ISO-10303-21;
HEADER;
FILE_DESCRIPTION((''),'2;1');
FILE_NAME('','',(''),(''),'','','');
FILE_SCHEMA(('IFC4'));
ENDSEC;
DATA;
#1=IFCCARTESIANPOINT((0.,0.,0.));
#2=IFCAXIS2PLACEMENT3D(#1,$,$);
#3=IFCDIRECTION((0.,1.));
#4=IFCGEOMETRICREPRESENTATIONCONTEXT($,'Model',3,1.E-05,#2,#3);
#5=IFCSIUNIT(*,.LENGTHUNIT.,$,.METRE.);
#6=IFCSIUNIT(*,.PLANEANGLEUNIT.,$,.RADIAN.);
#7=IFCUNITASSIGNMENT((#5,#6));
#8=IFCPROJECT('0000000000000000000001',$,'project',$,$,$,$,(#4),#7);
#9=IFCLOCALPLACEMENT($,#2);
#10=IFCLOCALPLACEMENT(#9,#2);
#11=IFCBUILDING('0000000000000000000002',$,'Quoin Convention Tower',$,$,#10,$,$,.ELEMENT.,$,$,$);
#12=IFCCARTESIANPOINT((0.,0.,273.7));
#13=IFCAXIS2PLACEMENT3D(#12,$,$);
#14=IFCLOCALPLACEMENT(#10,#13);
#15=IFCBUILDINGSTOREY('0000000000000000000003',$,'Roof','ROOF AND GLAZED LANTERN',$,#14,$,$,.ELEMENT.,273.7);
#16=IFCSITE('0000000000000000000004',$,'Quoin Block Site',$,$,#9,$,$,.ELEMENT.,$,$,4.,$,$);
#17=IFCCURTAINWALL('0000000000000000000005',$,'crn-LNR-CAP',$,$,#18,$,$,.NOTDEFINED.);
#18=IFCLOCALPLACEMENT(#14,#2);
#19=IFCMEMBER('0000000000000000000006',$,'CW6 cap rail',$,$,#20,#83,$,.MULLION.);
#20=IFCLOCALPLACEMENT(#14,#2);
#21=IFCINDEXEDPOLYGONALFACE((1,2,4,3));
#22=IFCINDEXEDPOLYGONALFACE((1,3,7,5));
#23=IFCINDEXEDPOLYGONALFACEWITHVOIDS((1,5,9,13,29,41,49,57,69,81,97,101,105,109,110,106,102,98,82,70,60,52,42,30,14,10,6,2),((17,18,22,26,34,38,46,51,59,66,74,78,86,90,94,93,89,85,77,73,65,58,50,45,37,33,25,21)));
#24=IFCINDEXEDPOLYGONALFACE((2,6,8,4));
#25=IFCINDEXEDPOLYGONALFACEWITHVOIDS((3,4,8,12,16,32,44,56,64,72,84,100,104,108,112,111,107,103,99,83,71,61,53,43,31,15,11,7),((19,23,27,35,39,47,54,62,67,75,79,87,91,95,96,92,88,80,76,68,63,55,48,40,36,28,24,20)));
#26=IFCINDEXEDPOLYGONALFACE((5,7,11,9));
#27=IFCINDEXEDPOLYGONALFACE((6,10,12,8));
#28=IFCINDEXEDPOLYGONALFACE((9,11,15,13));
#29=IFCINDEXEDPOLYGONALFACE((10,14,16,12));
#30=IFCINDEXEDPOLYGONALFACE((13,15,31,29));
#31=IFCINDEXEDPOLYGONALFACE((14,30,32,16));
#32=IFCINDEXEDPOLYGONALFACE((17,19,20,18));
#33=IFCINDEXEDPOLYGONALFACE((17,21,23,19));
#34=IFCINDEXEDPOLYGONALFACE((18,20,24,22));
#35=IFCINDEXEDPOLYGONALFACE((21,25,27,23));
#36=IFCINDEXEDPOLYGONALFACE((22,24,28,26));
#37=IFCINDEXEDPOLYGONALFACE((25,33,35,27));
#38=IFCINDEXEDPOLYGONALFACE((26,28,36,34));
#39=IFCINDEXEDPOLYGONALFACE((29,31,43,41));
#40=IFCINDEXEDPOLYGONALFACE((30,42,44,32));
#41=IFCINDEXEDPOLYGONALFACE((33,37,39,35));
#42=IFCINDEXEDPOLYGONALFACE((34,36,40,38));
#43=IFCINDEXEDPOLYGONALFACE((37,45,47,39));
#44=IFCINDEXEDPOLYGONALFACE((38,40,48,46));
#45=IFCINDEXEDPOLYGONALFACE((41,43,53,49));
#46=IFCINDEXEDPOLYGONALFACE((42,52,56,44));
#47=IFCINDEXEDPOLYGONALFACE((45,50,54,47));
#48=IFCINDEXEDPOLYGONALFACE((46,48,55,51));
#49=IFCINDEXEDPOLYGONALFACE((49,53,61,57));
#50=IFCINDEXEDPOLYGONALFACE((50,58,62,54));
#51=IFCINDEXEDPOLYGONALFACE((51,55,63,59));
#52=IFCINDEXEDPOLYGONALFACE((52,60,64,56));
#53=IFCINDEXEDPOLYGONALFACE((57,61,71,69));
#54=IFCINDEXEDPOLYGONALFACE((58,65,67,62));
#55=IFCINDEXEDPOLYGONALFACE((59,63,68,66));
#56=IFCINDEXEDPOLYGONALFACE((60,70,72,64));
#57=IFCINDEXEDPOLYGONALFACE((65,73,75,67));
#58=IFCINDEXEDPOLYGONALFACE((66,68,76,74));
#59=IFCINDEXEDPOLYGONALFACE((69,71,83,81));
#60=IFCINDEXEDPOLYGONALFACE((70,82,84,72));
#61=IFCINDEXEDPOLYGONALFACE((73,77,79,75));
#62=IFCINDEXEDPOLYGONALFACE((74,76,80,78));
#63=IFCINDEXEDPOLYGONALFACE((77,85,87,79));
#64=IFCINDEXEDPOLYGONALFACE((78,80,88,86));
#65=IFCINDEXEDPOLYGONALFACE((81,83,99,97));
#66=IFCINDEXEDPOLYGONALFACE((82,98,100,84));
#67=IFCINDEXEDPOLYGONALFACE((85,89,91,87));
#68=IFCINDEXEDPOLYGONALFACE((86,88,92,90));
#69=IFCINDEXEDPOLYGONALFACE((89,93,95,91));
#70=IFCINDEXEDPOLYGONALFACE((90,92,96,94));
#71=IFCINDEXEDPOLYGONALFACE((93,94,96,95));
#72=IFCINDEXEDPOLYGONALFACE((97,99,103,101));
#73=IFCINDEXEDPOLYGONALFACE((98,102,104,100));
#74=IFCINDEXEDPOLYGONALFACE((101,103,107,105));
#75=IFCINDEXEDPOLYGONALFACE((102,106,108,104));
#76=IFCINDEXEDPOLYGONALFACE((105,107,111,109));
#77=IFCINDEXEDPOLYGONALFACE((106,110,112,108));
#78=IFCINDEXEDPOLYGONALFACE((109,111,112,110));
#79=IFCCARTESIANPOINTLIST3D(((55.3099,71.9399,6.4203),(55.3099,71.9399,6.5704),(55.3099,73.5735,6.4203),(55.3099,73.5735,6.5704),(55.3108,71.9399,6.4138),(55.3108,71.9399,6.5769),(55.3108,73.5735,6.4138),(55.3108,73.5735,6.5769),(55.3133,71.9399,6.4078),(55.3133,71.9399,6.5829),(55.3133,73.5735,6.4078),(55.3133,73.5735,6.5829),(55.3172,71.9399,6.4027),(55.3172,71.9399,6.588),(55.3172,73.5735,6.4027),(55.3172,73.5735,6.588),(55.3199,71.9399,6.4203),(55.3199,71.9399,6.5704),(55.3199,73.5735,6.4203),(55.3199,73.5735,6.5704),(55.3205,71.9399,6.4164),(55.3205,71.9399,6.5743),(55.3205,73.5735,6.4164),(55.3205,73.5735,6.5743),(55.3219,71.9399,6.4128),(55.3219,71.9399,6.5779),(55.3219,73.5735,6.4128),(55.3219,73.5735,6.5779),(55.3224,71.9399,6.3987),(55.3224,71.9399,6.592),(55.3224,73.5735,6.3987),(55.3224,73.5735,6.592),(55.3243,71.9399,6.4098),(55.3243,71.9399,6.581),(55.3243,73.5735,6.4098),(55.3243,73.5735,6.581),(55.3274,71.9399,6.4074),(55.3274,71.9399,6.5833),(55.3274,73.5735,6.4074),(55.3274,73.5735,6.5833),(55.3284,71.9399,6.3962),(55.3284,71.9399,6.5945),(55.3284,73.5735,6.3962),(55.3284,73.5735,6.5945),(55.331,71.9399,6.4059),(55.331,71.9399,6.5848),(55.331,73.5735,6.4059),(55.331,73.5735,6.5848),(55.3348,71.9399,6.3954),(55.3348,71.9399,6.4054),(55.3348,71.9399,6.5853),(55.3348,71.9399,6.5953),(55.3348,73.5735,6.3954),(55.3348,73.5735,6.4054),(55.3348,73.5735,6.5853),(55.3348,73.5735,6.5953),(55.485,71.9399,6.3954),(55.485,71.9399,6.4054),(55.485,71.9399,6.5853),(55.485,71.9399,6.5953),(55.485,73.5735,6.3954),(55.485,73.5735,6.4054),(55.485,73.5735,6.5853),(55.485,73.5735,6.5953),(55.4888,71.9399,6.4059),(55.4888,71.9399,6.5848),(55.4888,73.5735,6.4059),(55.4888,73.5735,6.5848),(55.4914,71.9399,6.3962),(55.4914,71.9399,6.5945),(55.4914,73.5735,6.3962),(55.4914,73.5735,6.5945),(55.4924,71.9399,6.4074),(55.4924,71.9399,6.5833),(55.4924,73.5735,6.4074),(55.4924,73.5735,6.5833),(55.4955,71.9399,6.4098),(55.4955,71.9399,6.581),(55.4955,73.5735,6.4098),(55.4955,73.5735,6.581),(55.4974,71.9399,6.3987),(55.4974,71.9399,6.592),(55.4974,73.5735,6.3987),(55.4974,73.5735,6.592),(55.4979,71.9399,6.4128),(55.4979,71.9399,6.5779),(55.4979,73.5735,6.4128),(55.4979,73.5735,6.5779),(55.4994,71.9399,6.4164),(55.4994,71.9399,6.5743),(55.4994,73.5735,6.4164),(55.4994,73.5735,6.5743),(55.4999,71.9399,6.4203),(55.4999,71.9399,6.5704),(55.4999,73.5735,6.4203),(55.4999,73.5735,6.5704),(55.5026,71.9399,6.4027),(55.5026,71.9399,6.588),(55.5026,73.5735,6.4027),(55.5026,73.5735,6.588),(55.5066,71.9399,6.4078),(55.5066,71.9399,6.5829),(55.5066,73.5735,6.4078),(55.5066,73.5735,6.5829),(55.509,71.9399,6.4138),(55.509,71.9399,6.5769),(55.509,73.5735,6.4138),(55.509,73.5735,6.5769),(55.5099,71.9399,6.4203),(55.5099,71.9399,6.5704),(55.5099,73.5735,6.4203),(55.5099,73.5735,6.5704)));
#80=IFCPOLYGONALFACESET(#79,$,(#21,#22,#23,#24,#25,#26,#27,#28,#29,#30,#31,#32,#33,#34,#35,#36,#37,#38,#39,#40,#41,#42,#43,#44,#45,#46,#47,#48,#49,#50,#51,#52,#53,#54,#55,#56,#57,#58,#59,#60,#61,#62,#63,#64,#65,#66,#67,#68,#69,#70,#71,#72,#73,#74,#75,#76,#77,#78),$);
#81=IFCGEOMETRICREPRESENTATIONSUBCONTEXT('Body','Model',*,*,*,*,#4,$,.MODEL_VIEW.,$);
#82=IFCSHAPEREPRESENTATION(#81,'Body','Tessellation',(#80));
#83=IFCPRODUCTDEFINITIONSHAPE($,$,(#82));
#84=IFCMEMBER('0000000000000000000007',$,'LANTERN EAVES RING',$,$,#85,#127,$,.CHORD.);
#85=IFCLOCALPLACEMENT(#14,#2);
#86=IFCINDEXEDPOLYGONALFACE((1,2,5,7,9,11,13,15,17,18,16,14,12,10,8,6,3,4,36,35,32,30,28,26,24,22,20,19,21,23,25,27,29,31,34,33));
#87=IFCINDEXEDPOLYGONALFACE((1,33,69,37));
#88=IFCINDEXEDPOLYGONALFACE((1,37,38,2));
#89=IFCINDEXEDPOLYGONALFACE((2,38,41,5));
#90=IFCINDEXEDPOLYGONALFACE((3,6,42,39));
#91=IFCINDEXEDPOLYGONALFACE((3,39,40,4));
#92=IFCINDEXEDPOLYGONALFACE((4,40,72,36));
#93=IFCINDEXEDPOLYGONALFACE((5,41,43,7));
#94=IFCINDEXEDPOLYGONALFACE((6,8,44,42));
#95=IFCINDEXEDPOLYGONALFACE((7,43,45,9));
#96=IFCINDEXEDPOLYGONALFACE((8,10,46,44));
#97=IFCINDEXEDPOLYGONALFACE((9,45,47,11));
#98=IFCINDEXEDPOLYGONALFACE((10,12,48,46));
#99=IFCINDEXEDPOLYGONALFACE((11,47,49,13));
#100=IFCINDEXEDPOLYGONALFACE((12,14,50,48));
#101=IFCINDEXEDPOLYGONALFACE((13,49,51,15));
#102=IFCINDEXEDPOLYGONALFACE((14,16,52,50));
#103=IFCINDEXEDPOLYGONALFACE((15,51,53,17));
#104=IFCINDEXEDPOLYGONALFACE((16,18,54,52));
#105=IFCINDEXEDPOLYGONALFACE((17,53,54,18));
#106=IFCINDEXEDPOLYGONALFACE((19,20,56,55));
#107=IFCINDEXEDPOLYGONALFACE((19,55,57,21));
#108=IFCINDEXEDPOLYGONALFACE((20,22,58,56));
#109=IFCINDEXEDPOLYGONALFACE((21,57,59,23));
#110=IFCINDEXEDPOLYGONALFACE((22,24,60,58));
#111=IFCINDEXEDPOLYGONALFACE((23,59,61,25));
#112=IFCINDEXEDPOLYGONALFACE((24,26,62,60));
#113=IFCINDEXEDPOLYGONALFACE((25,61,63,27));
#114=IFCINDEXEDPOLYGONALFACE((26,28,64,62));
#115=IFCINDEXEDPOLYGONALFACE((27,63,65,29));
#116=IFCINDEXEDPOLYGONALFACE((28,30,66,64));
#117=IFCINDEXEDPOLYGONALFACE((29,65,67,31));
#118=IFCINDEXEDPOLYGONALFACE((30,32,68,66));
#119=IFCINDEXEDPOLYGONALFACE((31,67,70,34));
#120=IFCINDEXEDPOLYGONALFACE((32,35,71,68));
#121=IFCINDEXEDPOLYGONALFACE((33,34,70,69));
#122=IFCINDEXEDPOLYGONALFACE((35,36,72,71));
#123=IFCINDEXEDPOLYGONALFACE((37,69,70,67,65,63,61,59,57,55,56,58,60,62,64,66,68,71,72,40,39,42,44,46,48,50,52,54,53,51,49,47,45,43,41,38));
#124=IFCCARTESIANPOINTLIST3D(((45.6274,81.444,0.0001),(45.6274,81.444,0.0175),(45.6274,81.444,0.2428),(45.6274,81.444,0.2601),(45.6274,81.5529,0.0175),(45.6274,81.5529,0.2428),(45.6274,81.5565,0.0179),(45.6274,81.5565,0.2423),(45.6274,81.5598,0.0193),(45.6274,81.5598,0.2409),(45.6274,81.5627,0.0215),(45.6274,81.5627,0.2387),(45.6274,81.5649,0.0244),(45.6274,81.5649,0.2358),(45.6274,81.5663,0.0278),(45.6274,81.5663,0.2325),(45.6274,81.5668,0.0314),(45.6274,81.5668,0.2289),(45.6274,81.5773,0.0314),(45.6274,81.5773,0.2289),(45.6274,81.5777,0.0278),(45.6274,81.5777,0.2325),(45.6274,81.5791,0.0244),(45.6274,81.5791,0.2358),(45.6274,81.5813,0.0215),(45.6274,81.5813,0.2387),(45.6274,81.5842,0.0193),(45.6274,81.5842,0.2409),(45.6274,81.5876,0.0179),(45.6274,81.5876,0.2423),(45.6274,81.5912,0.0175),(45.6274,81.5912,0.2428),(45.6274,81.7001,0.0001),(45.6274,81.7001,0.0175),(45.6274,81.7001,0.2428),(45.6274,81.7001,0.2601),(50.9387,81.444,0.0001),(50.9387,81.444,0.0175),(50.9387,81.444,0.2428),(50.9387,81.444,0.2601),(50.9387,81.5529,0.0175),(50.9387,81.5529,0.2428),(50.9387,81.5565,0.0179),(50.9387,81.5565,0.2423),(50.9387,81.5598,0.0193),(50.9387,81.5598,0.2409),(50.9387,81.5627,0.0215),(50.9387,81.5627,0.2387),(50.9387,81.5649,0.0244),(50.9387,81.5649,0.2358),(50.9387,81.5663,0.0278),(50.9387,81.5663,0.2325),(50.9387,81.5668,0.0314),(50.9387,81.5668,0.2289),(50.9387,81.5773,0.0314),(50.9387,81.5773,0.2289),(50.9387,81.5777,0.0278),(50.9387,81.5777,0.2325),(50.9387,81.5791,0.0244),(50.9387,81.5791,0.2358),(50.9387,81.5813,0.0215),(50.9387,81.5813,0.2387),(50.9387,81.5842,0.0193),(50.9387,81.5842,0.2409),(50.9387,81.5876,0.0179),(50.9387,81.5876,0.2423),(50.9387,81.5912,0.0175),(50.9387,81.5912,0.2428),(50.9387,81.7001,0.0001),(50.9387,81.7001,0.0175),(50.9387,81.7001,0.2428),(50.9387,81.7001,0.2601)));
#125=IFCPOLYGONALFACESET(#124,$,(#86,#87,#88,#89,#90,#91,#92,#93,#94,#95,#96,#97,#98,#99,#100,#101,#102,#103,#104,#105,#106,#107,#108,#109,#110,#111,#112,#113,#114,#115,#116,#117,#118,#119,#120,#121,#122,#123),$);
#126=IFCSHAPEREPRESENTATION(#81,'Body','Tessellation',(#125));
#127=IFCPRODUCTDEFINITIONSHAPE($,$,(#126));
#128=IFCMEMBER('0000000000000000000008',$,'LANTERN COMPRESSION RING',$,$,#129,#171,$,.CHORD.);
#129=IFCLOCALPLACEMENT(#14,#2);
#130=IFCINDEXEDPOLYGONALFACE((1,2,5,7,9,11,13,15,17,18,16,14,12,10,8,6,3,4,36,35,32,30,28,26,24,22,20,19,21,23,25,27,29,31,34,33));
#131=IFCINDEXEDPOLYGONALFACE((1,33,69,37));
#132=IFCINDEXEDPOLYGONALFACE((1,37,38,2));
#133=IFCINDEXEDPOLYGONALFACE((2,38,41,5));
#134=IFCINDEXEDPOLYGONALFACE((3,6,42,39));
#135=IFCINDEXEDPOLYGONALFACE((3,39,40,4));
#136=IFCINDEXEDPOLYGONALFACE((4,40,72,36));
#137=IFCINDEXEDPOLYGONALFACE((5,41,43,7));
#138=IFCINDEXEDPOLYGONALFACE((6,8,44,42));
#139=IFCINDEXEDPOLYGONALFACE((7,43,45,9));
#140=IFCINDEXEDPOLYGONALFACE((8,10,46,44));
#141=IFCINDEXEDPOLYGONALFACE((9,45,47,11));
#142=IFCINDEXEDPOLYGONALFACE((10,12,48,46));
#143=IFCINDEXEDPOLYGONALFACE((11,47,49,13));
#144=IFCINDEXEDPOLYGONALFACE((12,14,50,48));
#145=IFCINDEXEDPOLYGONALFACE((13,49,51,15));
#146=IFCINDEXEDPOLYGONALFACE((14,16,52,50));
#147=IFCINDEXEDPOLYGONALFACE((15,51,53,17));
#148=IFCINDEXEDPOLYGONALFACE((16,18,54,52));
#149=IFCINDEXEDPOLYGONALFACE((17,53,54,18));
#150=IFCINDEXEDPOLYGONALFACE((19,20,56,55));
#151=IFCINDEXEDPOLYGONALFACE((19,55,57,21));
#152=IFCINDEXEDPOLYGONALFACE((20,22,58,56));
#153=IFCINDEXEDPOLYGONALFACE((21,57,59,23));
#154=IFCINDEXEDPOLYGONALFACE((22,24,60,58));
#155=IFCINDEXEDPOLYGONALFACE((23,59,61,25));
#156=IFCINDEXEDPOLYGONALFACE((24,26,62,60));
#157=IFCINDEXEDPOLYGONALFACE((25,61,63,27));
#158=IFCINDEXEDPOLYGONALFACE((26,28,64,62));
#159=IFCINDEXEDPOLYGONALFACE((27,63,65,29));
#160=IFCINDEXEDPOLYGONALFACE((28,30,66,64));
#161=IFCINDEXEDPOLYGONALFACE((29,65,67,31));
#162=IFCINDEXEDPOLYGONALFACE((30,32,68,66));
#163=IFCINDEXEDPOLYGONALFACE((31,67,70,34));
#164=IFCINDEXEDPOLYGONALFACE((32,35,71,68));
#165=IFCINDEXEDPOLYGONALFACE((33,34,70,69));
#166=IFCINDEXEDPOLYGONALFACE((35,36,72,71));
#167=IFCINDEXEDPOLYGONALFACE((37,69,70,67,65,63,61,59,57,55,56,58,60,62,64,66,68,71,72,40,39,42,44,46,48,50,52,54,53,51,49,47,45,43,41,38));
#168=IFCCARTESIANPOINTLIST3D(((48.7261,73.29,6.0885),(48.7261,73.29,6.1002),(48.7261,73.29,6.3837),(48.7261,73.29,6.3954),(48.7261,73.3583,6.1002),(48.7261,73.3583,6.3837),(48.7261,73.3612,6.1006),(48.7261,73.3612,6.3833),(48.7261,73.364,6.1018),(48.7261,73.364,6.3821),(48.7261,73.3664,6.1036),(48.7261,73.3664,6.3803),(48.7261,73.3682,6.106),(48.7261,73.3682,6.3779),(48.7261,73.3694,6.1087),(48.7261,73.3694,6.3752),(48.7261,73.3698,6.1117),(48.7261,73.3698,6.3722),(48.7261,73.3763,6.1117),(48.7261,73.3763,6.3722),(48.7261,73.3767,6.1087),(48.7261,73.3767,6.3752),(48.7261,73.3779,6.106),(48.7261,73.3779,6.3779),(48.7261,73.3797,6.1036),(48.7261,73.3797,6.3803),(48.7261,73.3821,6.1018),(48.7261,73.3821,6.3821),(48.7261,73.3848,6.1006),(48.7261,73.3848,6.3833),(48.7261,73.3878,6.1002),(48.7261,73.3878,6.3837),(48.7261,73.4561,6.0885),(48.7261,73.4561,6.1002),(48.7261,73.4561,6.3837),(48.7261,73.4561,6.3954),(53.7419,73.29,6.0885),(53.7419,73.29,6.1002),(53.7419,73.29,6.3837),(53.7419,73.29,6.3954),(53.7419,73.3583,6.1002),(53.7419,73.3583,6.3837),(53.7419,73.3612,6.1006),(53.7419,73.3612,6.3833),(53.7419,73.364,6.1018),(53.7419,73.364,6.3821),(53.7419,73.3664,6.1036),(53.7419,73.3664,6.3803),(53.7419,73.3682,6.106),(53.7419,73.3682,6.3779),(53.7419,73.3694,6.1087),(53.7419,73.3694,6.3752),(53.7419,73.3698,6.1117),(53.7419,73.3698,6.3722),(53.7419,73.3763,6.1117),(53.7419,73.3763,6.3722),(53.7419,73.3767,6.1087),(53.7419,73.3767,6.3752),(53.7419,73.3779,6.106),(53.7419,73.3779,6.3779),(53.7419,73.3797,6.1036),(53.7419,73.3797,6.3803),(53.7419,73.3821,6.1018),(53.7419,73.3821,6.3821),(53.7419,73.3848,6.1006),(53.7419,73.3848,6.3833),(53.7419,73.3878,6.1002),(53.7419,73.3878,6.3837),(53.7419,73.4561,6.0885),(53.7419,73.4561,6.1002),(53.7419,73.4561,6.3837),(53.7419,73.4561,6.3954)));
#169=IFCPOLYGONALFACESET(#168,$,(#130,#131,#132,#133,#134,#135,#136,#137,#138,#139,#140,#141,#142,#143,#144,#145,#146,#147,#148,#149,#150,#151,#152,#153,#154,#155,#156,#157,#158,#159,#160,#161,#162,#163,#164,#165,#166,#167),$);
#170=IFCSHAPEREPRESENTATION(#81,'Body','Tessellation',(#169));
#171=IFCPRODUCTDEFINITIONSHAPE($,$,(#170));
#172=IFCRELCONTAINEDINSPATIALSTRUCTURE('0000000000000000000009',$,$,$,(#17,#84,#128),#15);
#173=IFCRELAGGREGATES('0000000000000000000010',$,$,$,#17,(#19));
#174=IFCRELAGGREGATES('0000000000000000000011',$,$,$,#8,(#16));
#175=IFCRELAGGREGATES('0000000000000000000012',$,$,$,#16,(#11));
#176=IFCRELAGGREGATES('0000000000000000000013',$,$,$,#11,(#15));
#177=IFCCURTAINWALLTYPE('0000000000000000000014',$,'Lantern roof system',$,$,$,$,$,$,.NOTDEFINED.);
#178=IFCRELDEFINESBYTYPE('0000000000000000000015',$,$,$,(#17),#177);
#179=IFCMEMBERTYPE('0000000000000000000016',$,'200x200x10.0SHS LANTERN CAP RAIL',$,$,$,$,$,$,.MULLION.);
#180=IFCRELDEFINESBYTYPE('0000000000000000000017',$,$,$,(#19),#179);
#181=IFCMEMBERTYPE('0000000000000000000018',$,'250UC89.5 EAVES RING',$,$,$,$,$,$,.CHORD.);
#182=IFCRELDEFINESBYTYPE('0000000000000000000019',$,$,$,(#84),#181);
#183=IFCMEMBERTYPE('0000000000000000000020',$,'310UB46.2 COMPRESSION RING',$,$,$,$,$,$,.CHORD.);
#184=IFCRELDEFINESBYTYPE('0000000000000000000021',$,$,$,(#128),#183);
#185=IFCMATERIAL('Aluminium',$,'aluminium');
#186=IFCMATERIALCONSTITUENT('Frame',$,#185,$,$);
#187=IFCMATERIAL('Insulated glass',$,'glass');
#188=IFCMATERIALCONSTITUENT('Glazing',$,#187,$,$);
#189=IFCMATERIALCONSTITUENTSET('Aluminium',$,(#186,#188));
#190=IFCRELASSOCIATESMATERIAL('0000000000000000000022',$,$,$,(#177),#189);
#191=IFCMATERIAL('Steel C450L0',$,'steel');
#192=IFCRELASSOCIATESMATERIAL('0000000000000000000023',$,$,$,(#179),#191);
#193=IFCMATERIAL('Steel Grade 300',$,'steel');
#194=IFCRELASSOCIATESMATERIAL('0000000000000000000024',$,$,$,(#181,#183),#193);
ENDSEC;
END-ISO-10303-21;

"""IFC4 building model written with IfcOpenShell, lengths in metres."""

from ifc_helpers import new_model, si_unit, direction, frame, origin, origin_2d, place, context, subcontext, project, spatial, hollow_rectangle, i_section, extrude, material, constituent, constituent_set, material_profile, profile_set, type_object, element, aggregate, save


model = new_model("IFC4")

# Units and contexts
model_context = context("Model", 3, precision=1e-05, world=origin(), true_north=direction((0.0, 1.0)))
body_context = subcontext(model_context, "Body", "Model", "MODEL_VIEW")
ifc_project = project(units=[si_unit("LENGTHUNIT", "METRE"), si_unit("PLANEANGLEUNIT", "RADIAN")], contexts=[model_context])

# Site, building, storey
site_placement = place(None, origin())
site = spatial("IfcSite", under=ifc_project, at=site_placement, Name="Quoin Block Site", CompositionType="ELEMENT", RefElevation=4.0)
building_placement = place(site_placement, origin())
building = spatial("IfcBuilding", under=site, at=building_placement, Name="Quoin Convention Tower", CompositionType="ELEMENT")
storey_placement = place(building_placement, frame((0.0, 0.0, 273.7)))
storey = spatial("IfcBuildingStorey", under=building, at=storey_placement, Name="Roof", Description="ROOF AND GLAZED LANTERN", CompositionType="ELEMENT", Elevation=273.7)

# Curtain wall, member
ifc_material_1 = material(Name="Aluminium", Category="aluminium")
ifc_constituent_1 = constituent(ifc_material_1, Name="Frame")
ifc_material_2 = material(Name="Insulated glass", Category="glass")
ifc_constituent_2 = constituent(ifc_material_2, Name="Glazing")
ifc_constituent_set = constituent_set(constituents=[ifc_constituent_1, ifc_constituent_2], Name="Aluminium")
curtain_wall_type = type_object("IfcCurtainWallType", Name="Lantern roof system", PredefinedType="NOTDEFINED", material=ifc_constituent_set)
curtain_wall_1_placement = place(storey_placement, origin())
curtain_wall_1 = element("IfcCurtainWall", 1, at=curtain_wall_1_placement, inside=storey, type_object=curtain_wall_type, Name="crn-LNR-CAP", PredefinedType="NOTDEFINED")
ifc_material_3 = material(Name="Steel C450L0", Category="steel")
ifc_material_profile_1 = material_profile(ifc_material_3, hollow_rectangle(XDim=0.2, YDim=0.2, WallThickness=0.01, InnerFilletRadius=0.0149, OuterFilletRadius=0.0249, at=origin_2d()), Name="200x200x10.0SHS")
ifc_profile_set_1 = profile_set([ifc_material_profile_1], Name="Steel C450L0")
member_type_1 = type_object("IfcMemberType", Name="200x200x10.0SHS LANTERN CAP RAIL", PredefinedType="MULLION", material=ifc_profile_set_1)
member_1_placement = place(storey_placement, frame((55.4099, 71.9399, 6.4954), z_axis=(0.0, 1.0, 0.0), x_axis=(-1.0, 0.0, 0.0)))
member_1 = element("IfcMember", 2, at=member_1_placement, type_object=member_type_1, Name="CW6 cap rail", PredefinedType="MULLION", context=body_context, shape_type="SweptSolid", body=[
    extrude(hollow_rectangle(XDim=0.2, YDim=0.2, WallThickness=0.01, InnerFilletRadius=0.0149, OuterFilletRadius=0.0249, at=origin_2d()), origin(), (0.0, 0.0, 1.0), 1.6335),
])

# Members
ifc_material_4 = material(Name="Steel Grade 300", Category="steel")
ifc_material_profile_2 = material_profile(ifc_material_4, i_section(OverallWidth=0.2561, OverallDepth=0.26, WebThickness=0.0105, FlangeThickness=0.0173, FilletRadius=0.0139, at=origin_2d()), Name="250UC89.5")
ifc_profile_set_2 = profile_set([ifc_material_profile_2], Name="Steel Grade 300")
member_type_2 = type_object("IfcMemberType", Name="250UC89.5 EAVES RING", PredefinedType="CHORD", material=ifc_profile_set_2)
member_2_placement = place(storey_placement, frame((50.9387, 81.572, 0.1301), z_axis=(-1.0, 0.0, 0.0), x_axis=(0.0, -1.0, 0.0)))
element("IfcMember", 3, at=member_2_placement, inside=storey, type_object=member_type_2, Name="LANTERN EAVES RING", PredefinedType="CHORD", context=body_context, shape_type="SweptSolid", body=[
    extrude(i_section(OverallWidth=0.2561, OverallDepth=0.26, WebThickness=0.0105, FlangeThickness=0.0173, FilletRadius=0.0139, at=origin_2d()), origin(), (0.0, 0.0, 1.0), 5.3113),
])
ifc_material_profile_3 = material_profile(ifc_material_4, i_section(OverallWidth=0.166, OverallDepth=0.3069, WebThickness=0.0066, FlangeThickness=0.0117, FilletRadius=0.0115, at=origin_2d()), Name="310UB46.2")
ifc_profile_set_3 = profile_set([ifc_material_profile_3], Name="Steel Grade 300")
member_type_3 = type_object("IfcMemberType", Name="310UB46.2 COMPRESSION RING", PredefinedType="CHORD", material=ifc_profile_set_3)
member_3_placement = place(storey_placement, frame((53.7419, 73.373, 6.2419), z_axis=(-1.0, 0.0, 0.0), x_axis=(0.0, -1.0, 0.0)))
element("IfcMember", 4, at=member_3_placement, inside=storey, type_object=member_type_3, Name="LANTERN COMPRESSION RING", PredefinedType="CHORD", context=body_context, shape_type="SweptSolid", body=[
    extrude(i_section(OverallWidth=0.166, OverallDepth=0.3069, WebThickness=0.0066, FlangeThickness=0.0117, FilletRadius=0.0115, at=origin_2d()), origin(), (0.0, 0.0, 1.0), 5.0159),
])

aggregate(curtain_wall_1, [member_1])

save(model, "model.ifc")
